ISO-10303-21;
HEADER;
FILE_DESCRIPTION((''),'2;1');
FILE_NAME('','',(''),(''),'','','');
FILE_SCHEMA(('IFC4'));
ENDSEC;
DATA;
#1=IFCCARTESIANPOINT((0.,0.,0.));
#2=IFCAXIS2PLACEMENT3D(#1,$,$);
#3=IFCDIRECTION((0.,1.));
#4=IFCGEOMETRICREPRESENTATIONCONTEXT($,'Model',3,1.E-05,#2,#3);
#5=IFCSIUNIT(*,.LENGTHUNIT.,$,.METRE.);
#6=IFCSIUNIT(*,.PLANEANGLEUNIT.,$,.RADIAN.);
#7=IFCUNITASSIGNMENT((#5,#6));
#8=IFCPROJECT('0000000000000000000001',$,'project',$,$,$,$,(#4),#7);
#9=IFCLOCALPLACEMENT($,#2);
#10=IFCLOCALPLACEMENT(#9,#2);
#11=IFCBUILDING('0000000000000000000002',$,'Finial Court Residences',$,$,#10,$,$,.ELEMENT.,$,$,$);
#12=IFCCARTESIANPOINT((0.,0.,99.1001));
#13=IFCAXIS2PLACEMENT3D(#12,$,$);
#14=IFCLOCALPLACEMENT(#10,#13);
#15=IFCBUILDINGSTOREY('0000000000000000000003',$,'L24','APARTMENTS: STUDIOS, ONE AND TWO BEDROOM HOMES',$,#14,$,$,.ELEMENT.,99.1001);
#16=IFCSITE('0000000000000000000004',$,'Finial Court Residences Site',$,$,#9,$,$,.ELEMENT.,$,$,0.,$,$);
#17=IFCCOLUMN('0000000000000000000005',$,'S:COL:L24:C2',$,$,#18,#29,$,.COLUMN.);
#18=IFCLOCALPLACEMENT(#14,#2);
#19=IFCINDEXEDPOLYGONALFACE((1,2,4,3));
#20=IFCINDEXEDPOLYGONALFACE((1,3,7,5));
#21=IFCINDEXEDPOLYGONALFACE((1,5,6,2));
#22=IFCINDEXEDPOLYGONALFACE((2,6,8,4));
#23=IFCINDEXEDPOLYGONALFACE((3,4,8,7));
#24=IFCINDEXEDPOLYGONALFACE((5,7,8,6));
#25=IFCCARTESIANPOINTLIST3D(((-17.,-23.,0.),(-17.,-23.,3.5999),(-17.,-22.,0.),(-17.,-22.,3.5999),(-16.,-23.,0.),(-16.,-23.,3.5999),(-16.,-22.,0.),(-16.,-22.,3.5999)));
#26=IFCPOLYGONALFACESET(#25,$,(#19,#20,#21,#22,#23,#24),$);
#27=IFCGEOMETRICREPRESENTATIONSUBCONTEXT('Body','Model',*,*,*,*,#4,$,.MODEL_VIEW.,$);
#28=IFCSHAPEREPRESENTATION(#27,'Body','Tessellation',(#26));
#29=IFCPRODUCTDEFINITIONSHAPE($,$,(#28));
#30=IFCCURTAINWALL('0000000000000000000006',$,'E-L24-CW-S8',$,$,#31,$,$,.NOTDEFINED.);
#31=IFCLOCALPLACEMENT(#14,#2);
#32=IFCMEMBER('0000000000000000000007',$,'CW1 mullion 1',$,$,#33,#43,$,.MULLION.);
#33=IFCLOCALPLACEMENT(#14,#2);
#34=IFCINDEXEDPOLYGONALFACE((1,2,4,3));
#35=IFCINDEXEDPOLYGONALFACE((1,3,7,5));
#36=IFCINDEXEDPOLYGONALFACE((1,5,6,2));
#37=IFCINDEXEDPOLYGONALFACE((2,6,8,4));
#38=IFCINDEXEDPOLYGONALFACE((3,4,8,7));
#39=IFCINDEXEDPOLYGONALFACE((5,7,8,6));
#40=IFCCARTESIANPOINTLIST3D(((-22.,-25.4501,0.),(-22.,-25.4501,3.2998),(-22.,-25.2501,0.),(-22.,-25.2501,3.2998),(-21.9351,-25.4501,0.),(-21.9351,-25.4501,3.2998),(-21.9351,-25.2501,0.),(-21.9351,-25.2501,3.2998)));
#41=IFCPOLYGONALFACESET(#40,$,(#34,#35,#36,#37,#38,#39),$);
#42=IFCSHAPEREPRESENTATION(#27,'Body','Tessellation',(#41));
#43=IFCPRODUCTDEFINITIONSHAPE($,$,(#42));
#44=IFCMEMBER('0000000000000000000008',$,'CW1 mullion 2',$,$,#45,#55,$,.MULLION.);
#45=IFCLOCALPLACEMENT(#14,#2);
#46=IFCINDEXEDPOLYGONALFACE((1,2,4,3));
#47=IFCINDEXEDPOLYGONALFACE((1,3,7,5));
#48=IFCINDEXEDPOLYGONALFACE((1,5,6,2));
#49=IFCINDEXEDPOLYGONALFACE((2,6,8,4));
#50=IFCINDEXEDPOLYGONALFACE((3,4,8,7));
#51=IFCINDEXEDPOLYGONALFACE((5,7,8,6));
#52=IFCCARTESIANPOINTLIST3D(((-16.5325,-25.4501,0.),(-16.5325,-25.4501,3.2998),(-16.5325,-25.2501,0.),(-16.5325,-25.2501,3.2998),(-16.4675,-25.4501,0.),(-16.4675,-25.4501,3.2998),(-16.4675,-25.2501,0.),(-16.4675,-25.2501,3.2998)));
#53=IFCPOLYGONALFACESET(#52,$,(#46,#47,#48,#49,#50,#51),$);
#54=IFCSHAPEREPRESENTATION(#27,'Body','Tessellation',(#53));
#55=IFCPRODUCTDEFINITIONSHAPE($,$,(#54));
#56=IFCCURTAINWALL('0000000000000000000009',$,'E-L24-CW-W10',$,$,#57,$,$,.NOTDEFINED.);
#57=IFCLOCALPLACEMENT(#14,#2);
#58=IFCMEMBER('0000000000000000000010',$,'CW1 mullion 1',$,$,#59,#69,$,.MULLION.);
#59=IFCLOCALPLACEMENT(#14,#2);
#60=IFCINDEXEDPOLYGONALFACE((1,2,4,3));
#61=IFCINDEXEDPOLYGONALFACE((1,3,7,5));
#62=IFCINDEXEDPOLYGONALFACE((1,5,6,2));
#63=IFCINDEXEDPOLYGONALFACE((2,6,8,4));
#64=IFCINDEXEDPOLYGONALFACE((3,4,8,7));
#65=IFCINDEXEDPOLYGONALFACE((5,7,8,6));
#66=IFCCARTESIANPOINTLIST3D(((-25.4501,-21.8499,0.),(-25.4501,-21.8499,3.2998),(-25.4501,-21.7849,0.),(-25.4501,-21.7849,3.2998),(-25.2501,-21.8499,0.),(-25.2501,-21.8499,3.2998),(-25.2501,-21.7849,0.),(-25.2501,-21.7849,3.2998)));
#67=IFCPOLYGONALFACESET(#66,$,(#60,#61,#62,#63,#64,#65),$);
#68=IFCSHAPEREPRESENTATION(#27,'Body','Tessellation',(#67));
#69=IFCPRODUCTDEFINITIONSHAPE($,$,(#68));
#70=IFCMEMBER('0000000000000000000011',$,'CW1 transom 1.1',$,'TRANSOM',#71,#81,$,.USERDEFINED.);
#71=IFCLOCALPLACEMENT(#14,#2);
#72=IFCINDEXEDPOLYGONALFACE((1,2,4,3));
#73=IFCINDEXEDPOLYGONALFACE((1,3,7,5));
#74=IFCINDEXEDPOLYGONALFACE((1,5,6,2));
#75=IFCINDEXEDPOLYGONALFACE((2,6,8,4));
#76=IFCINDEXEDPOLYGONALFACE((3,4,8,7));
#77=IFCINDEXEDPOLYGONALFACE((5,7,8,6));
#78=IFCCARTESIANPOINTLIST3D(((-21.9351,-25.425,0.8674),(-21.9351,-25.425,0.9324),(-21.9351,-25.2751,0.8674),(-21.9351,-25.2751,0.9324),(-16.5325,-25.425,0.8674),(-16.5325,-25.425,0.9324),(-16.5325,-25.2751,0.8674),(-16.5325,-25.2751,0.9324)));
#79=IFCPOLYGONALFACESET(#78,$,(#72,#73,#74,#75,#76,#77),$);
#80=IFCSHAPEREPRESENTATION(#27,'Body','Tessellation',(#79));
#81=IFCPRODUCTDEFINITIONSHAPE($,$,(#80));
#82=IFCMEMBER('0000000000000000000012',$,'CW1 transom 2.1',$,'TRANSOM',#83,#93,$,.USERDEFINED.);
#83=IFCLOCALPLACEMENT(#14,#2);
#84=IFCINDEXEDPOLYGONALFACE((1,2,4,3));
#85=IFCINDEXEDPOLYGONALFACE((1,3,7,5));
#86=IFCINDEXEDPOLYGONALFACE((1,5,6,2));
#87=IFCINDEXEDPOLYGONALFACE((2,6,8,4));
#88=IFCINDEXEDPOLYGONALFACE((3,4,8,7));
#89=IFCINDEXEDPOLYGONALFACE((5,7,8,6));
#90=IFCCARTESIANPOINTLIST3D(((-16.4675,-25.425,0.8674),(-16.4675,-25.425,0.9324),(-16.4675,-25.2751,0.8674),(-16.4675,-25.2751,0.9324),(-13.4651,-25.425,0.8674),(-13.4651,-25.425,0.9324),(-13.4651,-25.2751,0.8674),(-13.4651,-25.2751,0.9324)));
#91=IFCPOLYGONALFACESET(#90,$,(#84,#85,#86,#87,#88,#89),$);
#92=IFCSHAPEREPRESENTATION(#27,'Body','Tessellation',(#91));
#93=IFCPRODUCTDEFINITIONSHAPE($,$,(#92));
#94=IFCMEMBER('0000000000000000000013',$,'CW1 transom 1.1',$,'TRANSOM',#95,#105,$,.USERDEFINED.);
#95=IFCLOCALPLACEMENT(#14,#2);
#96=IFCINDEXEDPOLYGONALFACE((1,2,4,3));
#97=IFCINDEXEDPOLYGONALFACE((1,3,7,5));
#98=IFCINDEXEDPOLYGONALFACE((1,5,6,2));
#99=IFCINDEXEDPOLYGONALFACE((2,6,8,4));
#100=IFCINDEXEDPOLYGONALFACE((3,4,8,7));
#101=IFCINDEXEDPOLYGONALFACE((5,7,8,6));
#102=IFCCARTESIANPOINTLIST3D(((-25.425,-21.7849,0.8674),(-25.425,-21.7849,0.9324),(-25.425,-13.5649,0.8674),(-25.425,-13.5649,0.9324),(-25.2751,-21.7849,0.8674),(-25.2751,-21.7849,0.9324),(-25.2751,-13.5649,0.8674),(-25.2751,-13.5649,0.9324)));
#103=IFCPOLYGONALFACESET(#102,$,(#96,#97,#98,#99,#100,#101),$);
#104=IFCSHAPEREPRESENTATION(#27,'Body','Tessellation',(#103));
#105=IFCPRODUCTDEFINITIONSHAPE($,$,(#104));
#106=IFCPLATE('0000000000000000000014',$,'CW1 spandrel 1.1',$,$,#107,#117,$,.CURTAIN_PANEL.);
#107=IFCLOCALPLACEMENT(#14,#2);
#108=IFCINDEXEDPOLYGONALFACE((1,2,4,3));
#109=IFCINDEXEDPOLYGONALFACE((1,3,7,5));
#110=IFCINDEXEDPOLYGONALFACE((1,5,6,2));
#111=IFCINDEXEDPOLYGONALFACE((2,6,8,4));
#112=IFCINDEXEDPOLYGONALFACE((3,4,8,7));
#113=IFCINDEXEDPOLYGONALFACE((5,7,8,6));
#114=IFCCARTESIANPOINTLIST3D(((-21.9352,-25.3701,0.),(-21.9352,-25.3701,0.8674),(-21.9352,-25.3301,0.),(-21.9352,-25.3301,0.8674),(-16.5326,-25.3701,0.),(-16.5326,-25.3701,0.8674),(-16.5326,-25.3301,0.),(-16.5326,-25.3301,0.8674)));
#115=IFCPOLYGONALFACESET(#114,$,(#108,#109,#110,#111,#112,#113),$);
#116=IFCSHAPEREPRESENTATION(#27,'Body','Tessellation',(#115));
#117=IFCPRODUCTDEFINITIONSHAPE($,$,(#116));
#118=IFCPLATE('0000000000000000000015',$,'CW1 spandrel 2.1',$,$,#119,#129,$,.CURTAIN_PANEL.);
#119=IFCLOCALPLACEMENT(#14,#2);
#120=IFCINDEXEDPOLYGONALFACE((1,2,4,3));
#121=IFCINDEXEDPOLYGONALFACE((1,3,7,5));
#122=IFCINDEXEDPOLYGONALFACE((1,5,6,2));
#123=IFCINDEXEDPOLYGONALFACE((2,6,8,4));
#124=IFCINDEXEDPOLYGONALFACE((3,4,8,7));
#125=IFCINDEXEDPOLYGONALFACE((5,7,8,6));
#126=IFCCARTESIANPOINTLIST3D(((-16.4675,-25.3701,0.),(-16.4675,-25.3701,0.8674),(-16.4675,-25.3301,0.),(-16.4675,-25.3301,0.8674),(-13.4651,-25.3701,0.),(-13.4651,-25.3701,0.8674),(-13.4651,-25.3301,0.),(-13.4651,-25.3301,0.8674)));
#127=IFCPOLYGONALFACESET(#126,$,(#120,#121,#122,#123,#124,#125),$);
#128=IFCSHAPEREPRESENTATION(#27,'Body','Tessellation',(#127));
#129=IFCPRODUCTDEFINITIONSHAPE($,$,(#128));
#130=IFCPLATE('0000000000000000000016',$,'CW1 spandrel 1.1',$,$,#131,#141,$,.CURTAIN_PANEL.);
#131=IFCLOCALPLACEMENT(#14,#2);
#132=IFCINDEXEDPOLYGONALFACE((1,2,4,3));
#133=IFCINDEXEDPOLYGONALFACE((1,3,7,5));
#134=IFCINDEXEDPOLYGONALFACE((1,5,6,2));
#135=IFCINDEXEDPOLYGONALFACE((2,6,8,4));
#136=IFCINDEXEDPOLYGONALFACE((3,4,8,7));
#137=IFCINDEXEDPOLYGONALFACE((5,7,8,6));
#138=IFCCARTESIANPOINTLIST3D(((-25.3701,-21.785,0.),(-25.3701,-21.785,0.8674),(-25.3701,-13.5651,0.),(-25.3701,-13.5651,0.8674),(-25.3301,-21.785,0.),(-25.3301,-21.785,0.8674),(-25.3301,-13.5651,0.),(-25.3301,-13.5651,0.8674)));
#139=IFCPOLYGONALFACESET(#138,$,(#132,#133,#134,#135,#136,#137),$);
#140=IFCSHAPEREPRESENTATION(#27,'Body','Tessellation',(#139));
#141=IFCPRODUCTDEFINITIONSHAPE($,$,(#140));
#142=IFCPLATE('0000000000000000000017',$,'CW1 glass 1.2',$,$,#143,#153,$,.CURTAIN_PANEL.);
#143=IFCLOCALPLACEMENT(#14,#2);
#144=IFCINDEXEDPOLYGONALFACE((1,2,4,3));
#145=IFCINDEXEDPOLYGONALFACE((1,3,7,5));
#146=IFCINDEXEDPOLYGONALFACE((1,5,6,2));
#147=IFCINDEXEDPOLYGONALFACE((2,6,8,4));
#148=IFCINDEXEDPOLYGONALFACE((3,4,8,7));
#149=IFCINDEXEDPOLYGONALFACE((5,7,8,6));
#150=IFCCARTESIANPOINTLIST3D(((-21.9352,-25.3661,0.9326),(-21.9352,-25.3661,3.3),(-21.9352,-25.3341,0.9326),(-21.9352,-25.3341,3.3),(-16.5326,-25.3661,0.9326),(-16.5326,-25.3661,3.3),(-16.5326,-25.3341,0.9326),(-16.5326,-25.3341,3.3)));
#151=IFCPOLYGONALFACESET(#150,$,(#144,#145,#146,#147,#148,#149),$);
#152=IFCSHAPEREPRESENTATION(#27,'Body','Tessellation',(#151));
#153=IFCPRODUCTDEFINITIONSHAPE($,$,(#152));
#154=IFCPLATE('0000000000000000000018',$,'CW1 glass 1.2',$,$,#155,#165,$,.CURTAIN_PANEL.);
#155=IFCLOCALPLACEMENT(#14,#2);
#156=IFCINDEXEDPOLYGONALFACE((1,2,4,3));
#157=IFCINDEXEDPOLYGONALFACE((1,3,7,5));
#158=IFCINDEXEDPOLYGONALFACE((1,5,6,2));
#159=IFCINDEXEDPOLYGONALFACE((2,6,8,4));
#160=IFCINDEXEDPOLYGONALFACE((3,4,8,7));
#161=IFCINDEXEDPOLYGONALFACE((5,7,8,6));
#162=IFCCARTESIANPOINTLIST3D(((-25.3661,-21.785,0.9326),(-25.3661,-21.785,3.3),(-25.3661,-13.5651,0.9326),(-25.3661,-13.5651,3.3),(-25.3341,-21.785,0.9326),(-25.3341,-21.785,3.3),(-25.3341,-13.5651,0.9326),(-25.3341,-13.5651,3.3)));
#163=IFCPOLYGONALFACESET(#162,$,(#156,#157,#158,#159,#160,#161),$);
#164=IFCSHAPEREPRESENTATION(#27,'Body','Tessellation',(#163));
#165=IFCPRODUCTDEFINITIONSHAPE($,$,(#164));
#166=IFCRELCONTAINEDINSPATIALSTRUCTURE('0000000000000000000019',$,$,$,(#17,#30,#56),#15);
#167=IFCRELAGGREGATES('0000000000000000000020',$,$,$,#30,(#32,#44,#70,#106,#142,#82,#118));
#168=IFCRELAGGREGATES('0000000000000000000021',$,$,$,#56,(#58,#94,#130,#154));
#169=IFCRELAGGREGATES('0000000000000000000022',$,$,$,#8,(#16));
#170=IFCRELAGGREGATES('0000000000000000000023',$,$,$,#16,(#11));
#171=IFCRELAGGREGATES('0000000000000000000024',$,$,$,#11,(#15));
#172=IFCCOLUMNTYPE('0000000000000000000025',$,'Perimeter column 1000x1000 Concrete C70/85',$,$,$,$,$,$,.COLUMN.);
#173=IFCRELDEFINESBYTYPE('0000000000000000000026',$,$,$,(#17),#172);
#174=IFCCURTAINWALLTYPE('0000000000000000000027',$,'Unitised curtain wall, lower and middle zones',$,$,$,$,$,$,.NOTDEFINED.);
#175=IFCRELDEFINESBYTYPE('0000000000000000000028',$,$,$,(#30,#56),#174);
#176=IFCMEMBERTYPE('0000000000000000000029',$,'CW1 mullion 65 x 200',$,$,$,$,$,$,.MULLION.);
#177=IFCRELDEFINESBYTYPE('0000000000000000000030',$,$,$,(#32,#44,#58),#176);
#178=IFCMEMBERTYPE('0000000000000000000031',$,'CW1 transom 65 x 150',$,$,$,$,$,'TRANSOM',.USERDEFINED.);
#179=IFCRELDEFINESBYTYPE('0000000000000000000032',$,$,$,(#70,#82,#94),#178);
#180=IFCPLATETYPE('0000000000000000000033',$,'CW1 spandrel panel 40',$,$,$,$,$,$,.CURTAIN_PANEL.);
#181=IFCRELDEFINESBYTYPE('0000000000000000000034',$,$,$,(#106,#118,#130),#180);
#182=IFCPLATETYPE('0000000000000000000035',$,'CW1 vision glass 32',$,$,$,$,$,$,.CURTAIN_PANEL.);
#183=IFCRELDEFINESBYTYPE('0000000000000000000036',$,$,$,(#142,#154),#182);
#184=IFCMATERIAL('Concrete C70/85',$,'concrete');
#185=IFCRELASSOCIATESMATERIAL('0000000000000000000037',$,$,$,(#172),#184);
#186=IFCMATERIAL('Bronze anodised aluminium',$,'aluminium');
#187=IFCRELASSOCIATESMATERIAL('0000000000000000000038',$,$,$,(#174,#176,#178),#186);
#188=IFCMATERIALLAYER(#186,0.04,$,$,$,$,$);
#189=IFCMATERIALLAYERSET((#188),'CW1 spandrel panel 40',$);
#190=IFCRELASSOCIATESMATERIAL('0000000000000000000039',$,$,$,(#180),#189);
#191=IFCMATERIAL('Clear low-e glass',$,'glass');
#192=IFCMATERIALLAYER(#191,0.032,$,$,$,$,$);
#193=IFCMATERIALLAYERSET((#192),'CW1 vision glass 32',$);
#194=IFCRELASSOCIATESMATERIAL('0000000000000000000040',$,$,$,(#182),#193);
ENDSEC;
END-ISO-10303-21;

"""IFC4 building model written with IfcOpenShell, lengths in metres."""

from ifc_helpers import new_model, si_unit, direction, frame, origin, origin_2d, place, context, subcontext, project, spatial, rectangle, extrude, material, layer, layer_set, material_profile, profile_set, type_object, element, aggregate, save


model = new_model("IFC4")

# Units and contexts
model_context = context("Model", 3, precision=1e-05, world=origin(), true_north=direction((0.0, 1.0)))
body_context = subcontext(model_context, "Body", "Model", "MODEL_VIEW")
ifc_project = project(units=[si_unit("LENGTHUNIT", "METRE"), si_unit("PLANEANGLEUNIT", "RADIAN")], contexts=[model_context])

# Site, building, storey
site_placement = place(None, origin())
site = spatial("IfcSite", under=ifc_project, at=site_placement, Name="Finial Court Residences Site", CompositionType="ELEMENT", RefElevation=0.0)
building_placement = place(site_placement, origin())
building = spatial("IfcBuilding", under=site, at=building_placement, Name="Finial Court Residences", CompositionType="ELEMENT")
storey_placement = place(building_placement, frame((0.0, 0.0, 99.1001)))
storey = spatial("IfcBuildingStorey", under=building, at=storey_placement, Name="L24", Description="APARTMENTS: STUDIOS, ONE AND TWO BEDROOM HOMES", CompositionType="ELEMENT", Elevation=99.1001)

# Column
ifc_material_1 = material(Name="Concrete C70/85", Category="concrete")
ifc_material_profile_1 = material_profile(ifc_material_1, rectangle(XDim=1.0, YDim=1.0, at=origin_2d()), Name="1000x1000")
ifc_profile_set_1 = profile_set([ifc_material_profile_1], Name="Concrete C70/85")
column_type = type_object("IfcColumnType", Name="Perimeter column 1000x1000 Concrete C70/85", PredefinedType="COLUMN", material=ifc_profile_set_1)
column_placement = place(storey_placement, frame((-16.5, -22.5, 0.0), z_axis=(0.0, 0.0, 1.0), x_axis=(1.0, 0.0, 0.0)))
element("IfcColumn", 1, at=column_placement, inside=storey, type_object=column_type, Name="S:COL:L24:C2", PredefinedType="COLUMN", context=body_context, shape_type="SweptSolid", body=[
    extrude(rectangle(XDim=1.0, YDim=1.0, at=origin_2d()), origin(), (0.0, 0.0, 1.0), 3.5999),
])

# Curtain wall, members
ifc_material_2 = material(Name="Bronze anodised aluminium", Category="aluminium")
curtain_wall_type = type_object("IfcCurtainWallType", Name="Unitised curtain wall, lower and middle zones", PredefinedType="NOTDEFINED", material=ifc_material_2)
curtain_wall_1_placement = place(storey_placement, origin())
curtain_wall_1 = element("IfcCurtainWall", 2, at=curtain_wall_1_placement, inside=storey, type_object=curtain_wall_type, Name="E-L24-CW-S8", PredefinedType="NOTDEFINED")
ifc_material_profile_2 = material_profile(ifc_material_2, rectangle(XDim=0.2, YDim=0.0649, at=origin_2d()), Name="CW1 mullion 65 x 200")
ifc_profile_set_2 = profile_set([ifc_material_profile_2], Name="Bronze anodised aluminium")
member_type_1 = type_object("IfcMemberType", Name="CW1 mullion 65 x 200", PredefinedType="MULLION", material=ifc_profile_set_2)
member_1_placement = place(storey_placement, frame((-21.9675, -25.3501, 0.0), z_axis=(0.0, 0.0, 1.0), x_axis=(0.0, 1.0, 0.0)))
member_1 = element("IfcMember", 3, at=member_1_placement, type_object=member_type_1, Name="CW1 mullion 1", PredefinedType="MULLION", context=body_context, shape_type="SweptSolid", body=[
    extrude(rectangle(XDim=0.2, YDim=0.0649, at=origin_2d()), origin(), (0.0, 0.0, 1.0), 3.2998),
])
member_2_placement = place(storey_placement, frame((-16.5, -25.3501, 0.0), z_axis=(0.0, 0.0, 1.0), x_axis=(0.0, 1.0, 0.0)))
member_2 = element("IfcMember", 4, at=member_2_placement, type_object=member_type_1, Name="CW1 mullion 2", PredefinedType="MULLION", context=body_context, shape_type="SweptSolid", body=[
    extrude(rectangle(XDim=0.2, YDim=0.0649, at=origin_2d()), origin(), (0.0, 0.0, 1.0), 3.2998),
])

# Curtain wall, member
curtain_wall_2_placement = place(storey_placement, origin())
curtain_wall_2 = element("IfcCurtainWall", 5, at=curtain_wall_2_placement, inside=storey, type_object=curtain_wall_type, Name="E-L24-CW-W10", PredefinedType="NOTDEFINED")
member_3_placement = place(storey_placement, frame((-25.3501, -21.8174, 0.0), z_axis=(0.0, 0.0, 1.0), x_axis=(-1.0, 0.0, 0.0)))
member_3 = element("IfcMember", 6, at=member_3_placement, type_object=member_type_1, Name="CW1 mullion 1", PredefinedType="MULLION", context=body_context, shape_type="SweptSolid", body=[
    extrude(rectangle(XDim=0.2, YDim=0.0649, at=origin_2d()), origin(), (0.0, 0.0, 1.0), 3.2998),
])

# Members
ifc_material_profile_3 = material_profile(ifc_material_2, rectangle(XDim=0.1499, YDim=0.0649, at=origin_2d()), Name="CW1 transom 65 x 150")
ifc_profile_set_3 = profile_set([ifc_material_profile_3], Name="Bronze anodised aluminium")
member_type_2 = type_object("IfcMemberType", Name="CW1 transom 65 x 150", ElementType="TRANSOM", PredefinedType="USERDEFINED", material=ifc_profile_set_3)
member_4_placement = place(storey_placement, frame((-21.9351, -25.3501, 0.8999), z_axis=(1.0, 0.0, 0.0), x_axis=(0.0, 1.0, 0.0)))
member_4 = element("IfcMember", 7, at=member_4_placement, type_object=member_type_2, Name="CW1 transom 1.1", ObjectType="TRANSOM", PredefinedType="USERDEFINED", context=body_context, shape_type="SweptSolid", body=[
    extrude(rectangle(XDim=0.1499, YDim=0.0649, at=origin_2d()), origin(), (0.0, 0.0, 1.0), 5.4026),
])
member_5_placement = place(storey_placement, frame((-16.4675, -25.3501, 0.8999), z_axis=(1.0, 0.0, 0.0), x_axis=(0.0, 1.0, 0.0)))
member_5 = element("IfcMember", 8, at=member_5_placement, type_object=member_type_2, Name="CW1 transom 2.1", ObjectType="TRANSOM", PredefinedType="USERDEFINED", context=body_context, shape_type="SweptSolid", body=[
    extrude(rectangle(XDim=0.1499, YDim=0.0649, at=origin_2d()), origin(), (0.0, 0.0, 1.0), 3.0024),
])
member_6_placement = place(storey_placement, frame((-25.3501, -21.7849, 0.8999), z_axis=(0.0, 1.0, 0.0), x_axis=(-1.0, 0.0, 0.0)))
member_6 = element("IfcMember", 9, at=member_6_placement, type_object=member_type_2, Name="CW1 transom 1.1", ObjectType="TRANSOM", PredefinedType="USERDEFINED", context=body_context, shape_type="SweptSolid", body=[
    extrude(rectangle(XDim=0.1499, YDim=0.0649, at=origin_2d()), origin(), (0.0, 0.0, 1.0), 8.22),
])

# Plates
ifc_layer_1 = layer(ifc_material_2, 0.04)
ifc_layer_set_1 = layer_set([ifc_layer_1], Name="CW1 spandrel panel 40")
plate_type_1 = type_object("IfcPlateType", Name="CW1 spandrel panel 40", PredefinedType="CURTAIN_PANEL", material=ifc_layer_set_1)
plate_1_placement = place(storey_placement, frame((-19.2339, -25.3501, 0.0), z_axis=(0.0, 0.0, 1.0), x_axis=(1.0, 0.0, 0.0)))
plate_1 = element("IfcPlate", 10, at=plate_1_placement, type_object=plate_type_1, Name="CW1 spandrel 1.1", PredefinedType="CURTAIN_PANEL", context=body_context, shape_type="SweptSolid", body=[
    extrude(rectangle(XDim=5.4026, YDim=0.04, at=origin_2d()), origin(), (0.0, 0.0, 1.0), 0.8674),
])
plate_2_placement = place(storey_placement, frame((-14.9663, -25.3501, 0.0), z_axis=(0.0, 0.0, 1.0), x_axis=(1.0, 0.0, 0.0)))
plate_2 = element("IfcPlate", 11, at=plate_2_placement, type_object=plate_type_1, Name="CW1 spandrel 2.1", PredefinedType="CURTAIN_PANEL", context=body_context, shape_type="SweptSolid", body=[
    extrude(rectangle(XDim=3.0024, YDim=0.04, at=origin_2d()), origin(), (0.0, 0.0, 1.0), 0.8674),
])
plate_3_placement = place(storey_placement, frame((-25.3501, -17.675, 0.0), z_axis=(0.0, 0.0, 1.0), x_axis=(0.0, 1.0, 0.0)))
plate_3 = element("IfcPlate", 12, at=plate_3_placement, type_object=plate_type_1, Name="CW1 spandrel 1.1", PredefinedType="CURTAIN_PANEL", context=body_context, shape_type="SweptSolid", body=[
    extrude(rectangle(XDim=8.22, YDim=0.04, at=origin_2d()), origin(), (0.0, 0.0, 1.0), 0.8674),
])
ifc_material_3 = material(Name="Clear low-e glass", Category="glass")
ifc_layer_2 = layer(ifc_material_3, 0.032)
ifc_layer_set_2 = layer_set([ifc_layer_2], Name="CW1 vision glass 32")
plate_type_2 = type_object("IfcPlateType", Name="CW1 vision glass 32", PredefinedType="CURTAIN_PANEL", material=ifc_layer_set_2)
plate_4_placement = place(storey_placement, frame((-19.2339, -25.3501, 0.9326), z_axis=(0.0, 0.0, 1.0), x_axis=(1.0, 0.0, 0.0)))
plate_4 = element("IfcPlate", 13, at=plate_4_placement, type_object=plate_type_2, Name="CW1 glass 1.2", PredefinedType="CURTAIN_PANEL", context=body_context, shape_type="SweptSolid", body=[
    extrude(rectangle(XDim=5.4026, YDim=0.032, at=origin_2d()), origin(), (0.0, 0.0, 1.0), 2.3674),
])
aggregate(curtain_wall_1, [member_1, member_2, member_4, plate_1, plate_4, member_5, plate_2])
plate_5_placement = place(storey_placement, frame((-25.3501, -17.675, 0.9326), z_axis=(0.0, 0.0, 1.0), x_axis=(0.0, 1.0, 0.0)))
plate_5 = element("IfcPlate", 14, at=plate_5_placement, type_object=plate_type_2, Name="CW1 glass 1.2", PredefinedType="CURTAIN_PANEL", context=body_context, shape_type="SweptSolid", body=[
    extrude(rectangle(XDim=8.22, YDim=0.032, at=origin_2d()), origin(), (0.0, 0.0, 1.0), 2.3674),
])
aggregate(curtain_wall_2, [member_3, member_6, plate_3, plate_5])

save(model, "model.ifc")
